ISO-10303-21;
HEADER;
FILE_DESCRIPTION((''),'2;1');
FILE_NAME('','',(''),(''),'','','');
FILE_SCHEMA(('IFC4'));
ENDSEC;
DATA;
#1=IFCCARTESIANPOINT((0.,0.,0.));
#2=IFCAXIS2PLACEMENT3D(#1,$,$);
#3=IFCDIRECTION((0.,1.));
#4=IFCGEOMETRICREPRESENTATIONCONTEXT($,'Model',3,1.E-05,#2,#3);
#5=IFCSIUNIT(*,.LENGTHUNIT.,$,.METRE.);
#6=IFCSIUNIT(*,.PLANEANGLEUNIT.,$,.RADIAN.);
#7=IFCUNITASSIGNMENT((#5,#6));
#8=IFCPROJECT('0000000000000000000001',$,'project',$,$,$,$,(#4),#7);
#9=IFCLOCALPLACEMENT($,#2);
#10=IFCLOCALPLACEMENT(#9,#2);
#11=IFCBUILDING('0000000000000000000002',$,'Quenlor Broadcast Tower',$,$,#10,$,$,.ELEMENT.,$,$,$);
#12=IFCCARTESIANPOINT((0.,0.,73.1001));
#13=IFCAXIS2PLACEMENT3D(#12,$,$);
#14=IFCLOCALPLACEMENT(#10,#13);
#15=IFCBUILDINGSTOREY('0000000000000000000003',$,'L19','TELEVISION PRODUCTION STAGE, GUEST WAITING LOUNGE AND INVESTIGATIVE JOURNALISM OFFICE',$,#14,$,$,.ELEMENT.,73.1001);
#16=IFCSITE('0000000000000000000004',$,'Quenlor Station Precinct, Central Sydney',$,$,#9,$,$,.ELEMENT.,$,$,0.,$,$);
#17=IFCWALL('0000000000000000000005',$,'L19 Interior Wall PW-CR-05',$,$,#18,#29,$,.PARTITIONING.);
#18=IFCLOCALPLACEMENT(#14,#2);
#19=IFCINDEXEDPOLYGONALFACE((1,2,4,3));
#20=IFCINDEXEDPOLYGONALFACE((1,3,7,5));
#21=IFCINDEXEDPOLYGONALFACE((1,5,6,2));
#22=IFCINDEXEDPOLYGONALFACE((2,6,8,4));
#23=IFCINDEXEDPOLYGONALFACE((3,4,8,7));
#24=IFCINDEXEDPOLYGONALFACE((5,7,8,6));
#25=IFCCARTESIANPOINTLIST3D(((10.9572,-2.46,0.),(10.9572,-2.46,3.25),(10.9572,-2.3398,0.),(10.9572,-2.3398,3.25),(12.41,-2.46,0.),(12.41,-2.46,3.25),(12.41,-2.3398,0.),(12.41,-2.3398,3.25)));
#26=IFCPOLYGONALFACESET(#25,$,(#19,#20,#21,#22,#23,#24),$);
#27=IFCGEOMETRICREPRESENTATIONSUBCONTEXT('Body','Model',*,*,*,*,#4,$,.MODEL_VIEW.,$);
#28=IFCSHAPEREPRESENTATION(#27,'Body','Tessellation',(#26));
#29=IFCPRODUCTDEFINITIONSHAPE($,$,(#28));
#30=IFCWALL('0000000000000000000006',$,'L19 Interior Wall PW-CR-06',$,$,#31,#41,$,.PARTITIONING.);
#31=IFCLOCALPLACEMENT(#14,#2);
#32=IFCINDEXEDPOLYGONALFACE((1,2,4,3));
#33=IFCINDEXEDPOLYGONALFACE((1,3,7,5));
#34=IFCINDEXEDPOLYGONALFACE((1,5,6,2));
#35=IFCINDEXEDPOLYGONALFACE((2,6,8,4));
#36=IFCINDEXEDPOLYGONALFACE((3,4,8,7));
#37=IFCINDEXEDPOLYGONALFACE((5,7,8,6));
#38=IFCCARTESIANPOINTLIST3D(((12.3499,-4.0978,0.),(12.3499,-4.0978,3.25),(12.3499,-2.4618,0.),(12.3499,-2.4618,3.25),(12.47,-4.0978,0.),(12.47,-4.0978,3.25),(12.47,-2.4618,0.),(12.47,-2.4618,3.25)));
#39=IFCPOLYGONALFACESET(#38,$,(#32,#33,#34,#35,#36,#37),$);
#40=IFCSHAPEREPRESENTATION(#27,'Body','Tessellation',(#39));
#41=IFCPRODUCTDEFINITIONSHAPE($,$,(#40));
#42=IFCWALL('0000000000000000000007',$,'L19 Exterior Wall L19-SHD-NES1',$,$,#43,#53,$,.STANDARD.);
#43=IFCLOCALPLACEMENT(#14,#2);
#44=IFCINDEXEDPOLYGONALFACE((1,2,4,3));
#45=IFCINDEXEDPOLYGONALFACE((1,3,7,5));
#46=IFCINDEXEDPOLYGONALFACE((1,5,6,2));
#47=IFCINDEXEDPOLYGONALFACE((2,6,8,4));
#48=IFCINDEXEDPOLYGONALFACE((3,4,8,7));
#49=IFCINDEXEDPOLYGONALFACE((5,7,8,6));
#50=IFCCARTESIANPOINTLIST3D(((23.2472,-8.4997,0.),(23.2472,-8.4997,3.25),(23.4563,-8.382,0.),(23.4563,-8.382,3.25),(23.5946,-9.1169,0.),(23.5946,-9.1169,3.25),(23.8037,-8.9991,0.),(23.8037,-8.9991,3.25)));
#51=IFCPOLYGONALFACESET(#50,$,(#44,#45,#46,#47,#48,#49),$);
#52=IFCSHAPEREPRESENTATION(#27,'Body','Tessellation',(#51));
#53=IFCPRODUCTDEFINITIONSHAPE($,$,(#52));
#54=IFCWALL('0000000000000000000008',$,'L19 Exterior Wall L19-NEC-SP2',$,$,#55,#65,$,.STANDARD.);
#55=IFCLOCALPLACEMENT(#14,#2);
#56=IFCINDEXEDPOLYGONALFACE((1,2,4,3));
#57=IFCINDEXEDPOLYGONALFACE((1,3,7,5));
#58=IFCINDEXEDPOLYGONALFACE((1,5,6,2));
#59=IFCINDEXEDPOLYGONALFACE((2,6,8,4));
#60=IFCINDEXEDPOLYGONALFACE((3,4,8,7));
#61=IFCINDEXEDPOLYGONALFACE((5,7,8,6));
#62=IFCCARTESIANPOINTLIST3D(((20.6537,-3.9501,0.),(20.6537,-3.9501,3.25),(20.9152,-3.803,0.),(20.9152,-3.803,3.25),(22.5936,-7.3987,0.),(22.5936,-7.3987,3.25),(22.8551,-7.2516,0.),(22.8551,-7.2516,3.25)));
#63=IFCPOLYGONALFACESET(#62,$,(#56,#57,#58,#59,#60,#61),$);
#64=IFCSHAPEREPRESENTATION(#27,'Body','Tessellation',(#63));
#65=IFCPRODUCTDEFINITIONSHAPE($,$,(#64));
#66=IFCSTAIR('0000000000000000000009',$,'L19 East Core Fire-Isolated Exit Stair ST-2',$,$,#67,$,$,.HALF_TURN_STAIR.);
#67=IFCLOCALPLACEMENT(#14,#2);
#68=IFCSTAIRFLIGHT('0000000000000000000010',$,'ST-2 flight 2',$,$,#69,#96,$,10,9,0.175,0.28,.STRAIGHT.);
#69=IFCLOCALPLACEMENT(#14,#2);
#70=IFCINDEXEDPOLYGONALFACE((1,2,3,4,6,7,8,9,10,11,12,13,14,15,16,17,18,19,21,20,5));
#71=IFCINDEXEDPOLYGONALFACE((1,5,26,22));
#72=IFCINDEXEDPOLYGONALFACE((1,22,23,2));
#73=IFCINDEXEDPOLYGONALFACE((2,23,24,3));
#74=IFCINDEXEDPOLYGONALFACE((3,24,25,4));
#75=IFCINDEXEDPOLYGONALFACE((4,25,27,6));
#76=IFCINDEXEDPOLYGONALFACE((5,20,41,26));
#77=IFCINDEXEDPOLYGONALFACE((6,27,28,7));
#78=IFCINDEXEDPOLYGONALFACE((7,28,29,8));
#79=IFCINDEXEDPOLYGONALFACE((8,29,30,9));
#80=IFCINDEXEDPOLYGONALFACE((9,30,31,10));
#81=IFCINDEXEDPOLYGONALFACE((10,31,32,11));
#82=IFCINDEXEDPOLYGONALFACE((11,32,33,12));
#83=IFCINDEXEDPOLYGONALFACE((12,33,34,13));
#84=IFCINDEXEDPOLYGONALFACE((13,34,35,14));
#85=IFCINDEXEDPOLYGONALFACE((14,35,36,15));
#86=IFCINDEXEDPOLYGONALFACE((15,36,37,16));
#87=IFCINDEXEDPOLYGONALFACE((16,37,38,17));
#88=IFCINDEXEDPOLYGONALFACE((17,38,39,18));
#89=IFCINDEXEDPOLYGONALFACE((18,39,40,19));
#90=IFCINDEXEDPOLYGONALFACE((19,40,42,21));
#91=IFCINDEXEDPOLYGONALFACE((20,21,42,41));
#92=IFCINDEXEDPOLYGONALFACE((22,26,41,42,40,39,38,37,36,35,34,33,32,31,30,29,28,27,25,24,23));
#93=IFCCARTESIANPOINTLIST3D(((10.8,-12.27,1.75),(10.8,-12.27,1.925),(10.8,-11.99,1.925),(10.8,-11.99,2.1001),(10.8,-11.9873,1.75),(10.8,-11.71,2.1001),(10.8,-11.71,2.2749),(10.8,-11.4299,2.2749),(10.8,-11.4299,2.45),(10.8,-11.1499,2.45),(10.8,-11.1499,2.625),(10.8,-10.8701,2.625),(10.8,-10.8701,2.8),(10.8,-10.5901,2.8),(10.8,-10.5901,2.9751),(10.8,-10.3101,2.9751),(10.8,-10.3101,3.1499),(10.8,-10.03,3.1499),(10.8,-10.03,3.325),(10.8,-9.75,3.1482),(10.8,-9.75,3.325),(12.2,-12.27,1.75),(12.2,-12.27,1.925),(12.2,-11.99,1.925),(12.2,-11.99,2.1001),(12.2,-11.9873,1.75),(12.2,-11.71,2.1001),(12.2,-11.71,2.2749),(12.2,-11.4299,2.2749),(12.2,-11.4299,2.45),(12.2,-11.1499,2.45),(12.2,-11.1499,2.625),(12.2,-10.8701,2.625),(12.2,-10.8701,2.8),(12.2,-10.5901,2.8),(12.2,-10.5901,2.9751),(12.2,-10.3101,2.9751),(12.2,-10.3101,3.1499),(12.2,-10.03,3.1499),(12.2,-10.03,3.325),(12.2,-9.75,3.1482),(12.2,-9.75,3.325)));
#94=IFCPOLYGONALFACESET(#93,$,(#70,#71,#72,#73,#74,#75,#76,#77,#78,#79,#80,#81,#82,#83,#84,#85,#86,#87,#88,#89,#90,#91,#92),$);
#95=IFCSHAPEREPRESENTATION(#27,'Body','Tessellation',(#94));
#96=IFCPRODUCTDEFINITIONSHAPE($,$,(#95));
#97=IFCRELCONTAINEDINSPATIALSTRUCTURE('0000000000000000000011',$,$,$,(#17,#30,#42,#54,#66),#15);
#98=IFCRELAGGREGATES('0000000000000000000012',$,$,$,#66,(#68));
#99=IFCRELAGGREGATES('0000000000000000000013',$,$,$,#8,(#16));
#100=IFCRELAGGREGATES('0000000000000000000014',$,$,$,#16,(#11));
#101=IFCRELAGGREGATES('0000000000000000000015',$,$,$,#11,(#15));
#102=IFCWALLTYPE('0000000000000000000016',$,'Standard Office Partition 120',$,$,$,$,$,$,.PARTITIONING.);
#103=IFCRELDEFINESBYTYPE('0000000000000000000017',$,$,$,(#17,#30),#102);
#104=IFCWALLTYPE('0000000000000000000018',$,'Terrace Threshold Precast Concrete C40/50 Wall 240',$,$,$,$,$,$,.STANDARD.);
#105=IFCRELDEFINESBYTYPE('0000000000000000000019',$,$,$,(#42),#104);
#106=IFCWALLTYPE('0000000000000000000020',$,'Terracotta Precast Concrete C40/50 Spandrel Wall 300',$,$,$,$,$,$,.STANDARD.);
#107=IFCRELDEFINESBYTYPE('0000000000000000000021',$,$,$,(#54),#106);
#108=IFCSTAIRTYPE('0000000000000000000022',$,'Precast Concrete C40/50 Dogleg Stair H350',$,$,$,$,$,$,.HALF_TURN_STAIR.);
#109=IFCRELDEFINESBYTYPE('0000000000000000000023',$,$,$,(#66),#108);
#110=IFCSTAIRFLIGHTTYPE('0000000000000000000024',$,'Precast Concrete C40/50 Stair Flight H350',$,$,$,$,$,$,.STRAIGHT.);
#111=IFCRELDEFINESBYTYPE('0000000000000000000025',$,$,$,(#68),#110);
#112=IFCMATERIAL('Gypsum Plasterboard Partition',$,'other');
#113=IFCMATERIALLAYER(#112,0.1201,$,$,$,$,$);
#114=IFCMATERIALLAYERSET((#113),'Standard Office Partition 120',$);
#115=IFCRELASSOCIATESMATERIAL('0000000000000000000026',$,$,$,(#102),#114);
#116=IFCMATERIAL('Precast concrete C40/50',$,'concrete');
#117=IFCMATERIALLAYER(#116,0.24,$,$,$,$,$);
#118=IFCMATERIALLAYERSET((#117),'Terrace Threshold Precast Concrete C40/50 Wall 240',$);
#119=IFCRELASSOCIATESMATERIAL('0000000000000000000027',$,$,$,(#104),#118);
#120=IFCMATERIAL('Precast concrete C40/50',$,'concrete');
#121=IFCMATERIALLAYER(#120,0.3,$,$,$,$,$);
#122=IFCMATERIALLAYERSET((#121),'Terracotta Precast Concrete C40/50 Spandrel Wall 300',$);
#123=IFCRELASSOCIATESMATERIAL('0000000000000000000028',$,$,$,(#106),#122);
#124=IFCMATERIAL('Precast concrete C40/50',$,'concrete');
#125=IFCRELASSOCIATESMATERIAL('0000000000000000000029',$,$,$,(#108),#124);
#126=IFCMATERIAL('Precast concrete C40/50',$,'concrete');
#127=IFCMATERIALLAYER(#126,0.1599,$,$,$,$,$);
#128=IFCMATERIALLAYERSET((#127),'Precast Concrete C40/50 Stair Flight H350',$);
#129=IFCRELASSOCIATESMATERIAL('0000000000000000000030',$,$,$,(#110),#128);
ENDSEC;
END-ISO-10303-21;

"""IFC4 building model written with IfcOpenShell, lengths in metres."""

from ifc_helpers import new_model, si_unit, direction, frame, frame_2d, origin, place, context, subcontext, project, spatial, polyline, rectangle, outline, extrude, material, layer, layer_set, type_object, element, aggregate, save


model = new_model("IFC4")

# Units and contexts
model_context = context("Model", 3, precision=1e-05, world=origin(), true_north=direction((0.0, 1.0)))
body_context = subcontext(model_context, "Body", "Model", "MODEL_VIEW")
ifc_project = project(units=[si_unit("LENGTHUNIT", "METRE"), si_unit("PLANEANGLEUNIT", "RADIAN")], contexts=[model_context])

# Site, building, storey
site_placement = place(None, origin())
site = spatial("IfcSite", under=ifc_project, at=site_placement, Name="Quenlor Station Precinct, Central Sydney", CompositionType="ELEMENT", RefElevation=0.0)
building_placement = place(site_placement, origin())
building = spatial("IfcBuilding", under=site, at=building_placement, Name="Quenlor Broadcast Tower", CompositionType="ELEMENT")
storey_placement = place(building_placement, frame((0.0, 0.0, 73.1001)))
storey = spatial("IfcBuildingStorey", under=building, at=storey_placement, Name="L19", Description="TELEVISION PRODUCTION STAGE, GUEST WAITING LOUNGE AND INVESTIGATIVE JOURNALISM OFFICE", CompositionType="ELEMENT", Elevation=73.1001)

# Walls
ifc_material_1 = material(Name="Gypsum Plasterboard Partition", Category="other")
ifc_layer_1 = layer(ifc_material_1, 0.1201)
ifc_layer_set_1 = layer_set([ifc_layer_1], Name="Standard Office Partition 120")
wall_type_1 = type_object("IfcWallType", Name="Standard Office Partition 120", PredefinedType="PARTITIONING", material=ifc_layer_set_1)
wall_1_placement = place(storey_placement, frame((10.957, -2.3999, 0.0), z_axis=(0.0, 0.0, 1.0), x_axis=(1.0, 0.0, 0.0)))
element("IfcWall", 1, at=wall_1_placement, inside=storey, type_object=wall_type_1, Name="L19 Interior Wall PW-CR-05", PredefinedType="PARTITIONING", context=body_context, shape_type="SweptSolid", body=[
    extrude(rectangle(XDim=1.4529, YDim=0.1201, at=frame_2d((0.7266, 0.0))), origin(), (0.0, 0.0, 1.0), 3.25),
])
wall_2_placement = place(storey_placement, frame((12.4099, -2.4619, 0.0), z_axis=(0.0, 0.0, 1.0), x_axis=(0.0, -1.0, 0.0)))
element("IfcWall", 2, at=wall_2_placement, inside=storey, type_object=wall_type_1, Name="L19 Interior Wall PW-CR-06", PredefinedType="PARTITIONING", context=body_context, shape_type="SweptSolid", body=[
    extrude(rectangle(XDim=1.636, YDim=0.1201, at=frame_2d((0.8179, 0.0))), origin(), (0.0, 0.0, 1.0), 3.25),
])
ifc_material_2 = material(Name="Precast concrete C40/50", Category="concrete")
ifc_layer_2 = layer(ifc_material_2, 0.24)
ifc_layer_set_2 = layer_set([ifc_layer_2], Name="Terrace Threshold Precast Concrete C40/50 Wall 240")
wall_type_2 = type_object("IfcWallType", Name="Terrace Threshold Precast Concrete C40/50 Wall 240", PredefinedType="STANDARD", material=ifc_layer_set_2)
wall_3_placement = place(storey_placement, frame((23.3518, -8.4409, 0.0), z_axis=(0.0, 0.0, 1.0), x_axis=(0.490523, -0.871428, 0.0)))
element("IfcWall", 3, at=wall_3_placement, inside=storey, type_object=wall_type_2, Name="L19 Exterior Wall L19-SHD-NES1", PredefinedType="STANDARD", context=body_context, shape_type="SweptSolid", body=[
    extrude(rectangle(XDim=0.7083, YDim=0.24, at=frame_2d((0.354, 0.0))), origin(), (0.0, 0.0, 1.0), 3.25),
])
ifc_material_3 = material(Name="Precast concrete C40/50", Category="concrete")
ifc_layer_3 = layer(ifc_material_3, 0.3)
ifc_layer_set_3 = layer_set([ifc_layer_3], Name="Terracotta Precast Concrete C40/50 Spandrel Wall 300")
wall_type_3 = type_object("IfcWallType", Name="Terracotta Precast Concrete C40/50 Spandrel Wall 300", PredefinedType="STANDARD", material=ifc_layer_set_3)
wall_4_placement = place(storey_placement, frame((20.7844, -3.8765, 0.0), z_axis=(0.0, 0.0, 1.0), x_axis=(0.490267, -0.871572, 0.0)))
element("IfcWall", 4, at=wall_4_placement, inside=storey, type_object=wall_type_3, Name="L19 Exterior Wall L19-NEC-SP2", PredefinedType="STANDARD", context=body_context, shape_type="SweptSolid", body=[
    extrude(rectangle(XDim=3.9568, YDim=0.3, at=frame_2d((1.9785, 0.0))), origin(), (0.0, 0.0, 1.0), 3.25),
])

# Stair, stair flight
ifc_material_4 = material(Name="Precast concrete C40/50", Category="concrete")
stair_type = type_object("IfcStairType", Name="Precast Concrete C40/50 Dogleg Stair H350", PredefinedType="HALF_TURN_STAIR", material=ifc_material_4)
stair_placement = place(storey_placement, origin())
stair = element("IfcStair", 5, at=stair_placement, inside=storey, type_object=stair_type, Name="L19 East Core Fire-Isolated Exit Stair ST-2", PredefinedType="HALF_TURN_STAIR")
ifc_material_5 = material(Name="Precast concrete C40/50", Category="concrete")
ifc_layer_4 = layer(ifc_material_5, 0.1599)
ifc_layer_set_4 = layer_set([ifc_layer_4], Name="Precast Concrete C40/50 Stair Flight H350")
stair_flight_type = type_object("IfcStairFlightType", Name="Precast Concrete C40/50 Stair Flight H350", PredefinedType="STRAIGHT", material=ifc_layer_set_4)
stair_flight_placement = place(storey_placement, frame((11.5, -12.27, 1.75), z_axis=(0.0, 0.0, 1.0), x_axis=(0.0, 1.0, 0.0)))
stair_flight = element("IfcStairFlight", 6, at=stair_flight_placement, type_object=stair_flight_type, Name="ST-2 flight 2", NumberOfRisers=10, NumberOfTreads=9, PredefinedType="STRAIGHT", RiserHeight=0.175, TreadLength=0.28, context=body_context, shape_type="SweptSolid", body=[
    extrude(outline(polyline([(0.0, 0.0), (0.0, 0.175), (0.28, 0.175), (0.28, 0.3501), (0.5601, 0.3501), (0.5601, 0.5249), (0.8401, 0.5249), (0.8401, 0.7), (1.1201, 0.7), (1.1201, 0.875), (1.3999, 0.875), (1.3999, 1.05), (1.6799, 1.05), (1.6799, 1.2251), (1.96, 1.2251), (1.96, 1.3999), (2.24, 1.3999), (2.24, 1.575), (2.52, 1.575), (2.52, 1.75), (2.52, 1.3982), (0.2827, 0.0), (0.0, 0.0)])), frame((0.0, 0.7, 0.0), z_axis=(0.0, -1.0, 0.0), x_axis=(1.0, 0.0, 0.0)), (0.0, 0.0, 1.0), 1.3999),
])
aggregate(stair, [stair_flight])

save(model, "model.ifc")
